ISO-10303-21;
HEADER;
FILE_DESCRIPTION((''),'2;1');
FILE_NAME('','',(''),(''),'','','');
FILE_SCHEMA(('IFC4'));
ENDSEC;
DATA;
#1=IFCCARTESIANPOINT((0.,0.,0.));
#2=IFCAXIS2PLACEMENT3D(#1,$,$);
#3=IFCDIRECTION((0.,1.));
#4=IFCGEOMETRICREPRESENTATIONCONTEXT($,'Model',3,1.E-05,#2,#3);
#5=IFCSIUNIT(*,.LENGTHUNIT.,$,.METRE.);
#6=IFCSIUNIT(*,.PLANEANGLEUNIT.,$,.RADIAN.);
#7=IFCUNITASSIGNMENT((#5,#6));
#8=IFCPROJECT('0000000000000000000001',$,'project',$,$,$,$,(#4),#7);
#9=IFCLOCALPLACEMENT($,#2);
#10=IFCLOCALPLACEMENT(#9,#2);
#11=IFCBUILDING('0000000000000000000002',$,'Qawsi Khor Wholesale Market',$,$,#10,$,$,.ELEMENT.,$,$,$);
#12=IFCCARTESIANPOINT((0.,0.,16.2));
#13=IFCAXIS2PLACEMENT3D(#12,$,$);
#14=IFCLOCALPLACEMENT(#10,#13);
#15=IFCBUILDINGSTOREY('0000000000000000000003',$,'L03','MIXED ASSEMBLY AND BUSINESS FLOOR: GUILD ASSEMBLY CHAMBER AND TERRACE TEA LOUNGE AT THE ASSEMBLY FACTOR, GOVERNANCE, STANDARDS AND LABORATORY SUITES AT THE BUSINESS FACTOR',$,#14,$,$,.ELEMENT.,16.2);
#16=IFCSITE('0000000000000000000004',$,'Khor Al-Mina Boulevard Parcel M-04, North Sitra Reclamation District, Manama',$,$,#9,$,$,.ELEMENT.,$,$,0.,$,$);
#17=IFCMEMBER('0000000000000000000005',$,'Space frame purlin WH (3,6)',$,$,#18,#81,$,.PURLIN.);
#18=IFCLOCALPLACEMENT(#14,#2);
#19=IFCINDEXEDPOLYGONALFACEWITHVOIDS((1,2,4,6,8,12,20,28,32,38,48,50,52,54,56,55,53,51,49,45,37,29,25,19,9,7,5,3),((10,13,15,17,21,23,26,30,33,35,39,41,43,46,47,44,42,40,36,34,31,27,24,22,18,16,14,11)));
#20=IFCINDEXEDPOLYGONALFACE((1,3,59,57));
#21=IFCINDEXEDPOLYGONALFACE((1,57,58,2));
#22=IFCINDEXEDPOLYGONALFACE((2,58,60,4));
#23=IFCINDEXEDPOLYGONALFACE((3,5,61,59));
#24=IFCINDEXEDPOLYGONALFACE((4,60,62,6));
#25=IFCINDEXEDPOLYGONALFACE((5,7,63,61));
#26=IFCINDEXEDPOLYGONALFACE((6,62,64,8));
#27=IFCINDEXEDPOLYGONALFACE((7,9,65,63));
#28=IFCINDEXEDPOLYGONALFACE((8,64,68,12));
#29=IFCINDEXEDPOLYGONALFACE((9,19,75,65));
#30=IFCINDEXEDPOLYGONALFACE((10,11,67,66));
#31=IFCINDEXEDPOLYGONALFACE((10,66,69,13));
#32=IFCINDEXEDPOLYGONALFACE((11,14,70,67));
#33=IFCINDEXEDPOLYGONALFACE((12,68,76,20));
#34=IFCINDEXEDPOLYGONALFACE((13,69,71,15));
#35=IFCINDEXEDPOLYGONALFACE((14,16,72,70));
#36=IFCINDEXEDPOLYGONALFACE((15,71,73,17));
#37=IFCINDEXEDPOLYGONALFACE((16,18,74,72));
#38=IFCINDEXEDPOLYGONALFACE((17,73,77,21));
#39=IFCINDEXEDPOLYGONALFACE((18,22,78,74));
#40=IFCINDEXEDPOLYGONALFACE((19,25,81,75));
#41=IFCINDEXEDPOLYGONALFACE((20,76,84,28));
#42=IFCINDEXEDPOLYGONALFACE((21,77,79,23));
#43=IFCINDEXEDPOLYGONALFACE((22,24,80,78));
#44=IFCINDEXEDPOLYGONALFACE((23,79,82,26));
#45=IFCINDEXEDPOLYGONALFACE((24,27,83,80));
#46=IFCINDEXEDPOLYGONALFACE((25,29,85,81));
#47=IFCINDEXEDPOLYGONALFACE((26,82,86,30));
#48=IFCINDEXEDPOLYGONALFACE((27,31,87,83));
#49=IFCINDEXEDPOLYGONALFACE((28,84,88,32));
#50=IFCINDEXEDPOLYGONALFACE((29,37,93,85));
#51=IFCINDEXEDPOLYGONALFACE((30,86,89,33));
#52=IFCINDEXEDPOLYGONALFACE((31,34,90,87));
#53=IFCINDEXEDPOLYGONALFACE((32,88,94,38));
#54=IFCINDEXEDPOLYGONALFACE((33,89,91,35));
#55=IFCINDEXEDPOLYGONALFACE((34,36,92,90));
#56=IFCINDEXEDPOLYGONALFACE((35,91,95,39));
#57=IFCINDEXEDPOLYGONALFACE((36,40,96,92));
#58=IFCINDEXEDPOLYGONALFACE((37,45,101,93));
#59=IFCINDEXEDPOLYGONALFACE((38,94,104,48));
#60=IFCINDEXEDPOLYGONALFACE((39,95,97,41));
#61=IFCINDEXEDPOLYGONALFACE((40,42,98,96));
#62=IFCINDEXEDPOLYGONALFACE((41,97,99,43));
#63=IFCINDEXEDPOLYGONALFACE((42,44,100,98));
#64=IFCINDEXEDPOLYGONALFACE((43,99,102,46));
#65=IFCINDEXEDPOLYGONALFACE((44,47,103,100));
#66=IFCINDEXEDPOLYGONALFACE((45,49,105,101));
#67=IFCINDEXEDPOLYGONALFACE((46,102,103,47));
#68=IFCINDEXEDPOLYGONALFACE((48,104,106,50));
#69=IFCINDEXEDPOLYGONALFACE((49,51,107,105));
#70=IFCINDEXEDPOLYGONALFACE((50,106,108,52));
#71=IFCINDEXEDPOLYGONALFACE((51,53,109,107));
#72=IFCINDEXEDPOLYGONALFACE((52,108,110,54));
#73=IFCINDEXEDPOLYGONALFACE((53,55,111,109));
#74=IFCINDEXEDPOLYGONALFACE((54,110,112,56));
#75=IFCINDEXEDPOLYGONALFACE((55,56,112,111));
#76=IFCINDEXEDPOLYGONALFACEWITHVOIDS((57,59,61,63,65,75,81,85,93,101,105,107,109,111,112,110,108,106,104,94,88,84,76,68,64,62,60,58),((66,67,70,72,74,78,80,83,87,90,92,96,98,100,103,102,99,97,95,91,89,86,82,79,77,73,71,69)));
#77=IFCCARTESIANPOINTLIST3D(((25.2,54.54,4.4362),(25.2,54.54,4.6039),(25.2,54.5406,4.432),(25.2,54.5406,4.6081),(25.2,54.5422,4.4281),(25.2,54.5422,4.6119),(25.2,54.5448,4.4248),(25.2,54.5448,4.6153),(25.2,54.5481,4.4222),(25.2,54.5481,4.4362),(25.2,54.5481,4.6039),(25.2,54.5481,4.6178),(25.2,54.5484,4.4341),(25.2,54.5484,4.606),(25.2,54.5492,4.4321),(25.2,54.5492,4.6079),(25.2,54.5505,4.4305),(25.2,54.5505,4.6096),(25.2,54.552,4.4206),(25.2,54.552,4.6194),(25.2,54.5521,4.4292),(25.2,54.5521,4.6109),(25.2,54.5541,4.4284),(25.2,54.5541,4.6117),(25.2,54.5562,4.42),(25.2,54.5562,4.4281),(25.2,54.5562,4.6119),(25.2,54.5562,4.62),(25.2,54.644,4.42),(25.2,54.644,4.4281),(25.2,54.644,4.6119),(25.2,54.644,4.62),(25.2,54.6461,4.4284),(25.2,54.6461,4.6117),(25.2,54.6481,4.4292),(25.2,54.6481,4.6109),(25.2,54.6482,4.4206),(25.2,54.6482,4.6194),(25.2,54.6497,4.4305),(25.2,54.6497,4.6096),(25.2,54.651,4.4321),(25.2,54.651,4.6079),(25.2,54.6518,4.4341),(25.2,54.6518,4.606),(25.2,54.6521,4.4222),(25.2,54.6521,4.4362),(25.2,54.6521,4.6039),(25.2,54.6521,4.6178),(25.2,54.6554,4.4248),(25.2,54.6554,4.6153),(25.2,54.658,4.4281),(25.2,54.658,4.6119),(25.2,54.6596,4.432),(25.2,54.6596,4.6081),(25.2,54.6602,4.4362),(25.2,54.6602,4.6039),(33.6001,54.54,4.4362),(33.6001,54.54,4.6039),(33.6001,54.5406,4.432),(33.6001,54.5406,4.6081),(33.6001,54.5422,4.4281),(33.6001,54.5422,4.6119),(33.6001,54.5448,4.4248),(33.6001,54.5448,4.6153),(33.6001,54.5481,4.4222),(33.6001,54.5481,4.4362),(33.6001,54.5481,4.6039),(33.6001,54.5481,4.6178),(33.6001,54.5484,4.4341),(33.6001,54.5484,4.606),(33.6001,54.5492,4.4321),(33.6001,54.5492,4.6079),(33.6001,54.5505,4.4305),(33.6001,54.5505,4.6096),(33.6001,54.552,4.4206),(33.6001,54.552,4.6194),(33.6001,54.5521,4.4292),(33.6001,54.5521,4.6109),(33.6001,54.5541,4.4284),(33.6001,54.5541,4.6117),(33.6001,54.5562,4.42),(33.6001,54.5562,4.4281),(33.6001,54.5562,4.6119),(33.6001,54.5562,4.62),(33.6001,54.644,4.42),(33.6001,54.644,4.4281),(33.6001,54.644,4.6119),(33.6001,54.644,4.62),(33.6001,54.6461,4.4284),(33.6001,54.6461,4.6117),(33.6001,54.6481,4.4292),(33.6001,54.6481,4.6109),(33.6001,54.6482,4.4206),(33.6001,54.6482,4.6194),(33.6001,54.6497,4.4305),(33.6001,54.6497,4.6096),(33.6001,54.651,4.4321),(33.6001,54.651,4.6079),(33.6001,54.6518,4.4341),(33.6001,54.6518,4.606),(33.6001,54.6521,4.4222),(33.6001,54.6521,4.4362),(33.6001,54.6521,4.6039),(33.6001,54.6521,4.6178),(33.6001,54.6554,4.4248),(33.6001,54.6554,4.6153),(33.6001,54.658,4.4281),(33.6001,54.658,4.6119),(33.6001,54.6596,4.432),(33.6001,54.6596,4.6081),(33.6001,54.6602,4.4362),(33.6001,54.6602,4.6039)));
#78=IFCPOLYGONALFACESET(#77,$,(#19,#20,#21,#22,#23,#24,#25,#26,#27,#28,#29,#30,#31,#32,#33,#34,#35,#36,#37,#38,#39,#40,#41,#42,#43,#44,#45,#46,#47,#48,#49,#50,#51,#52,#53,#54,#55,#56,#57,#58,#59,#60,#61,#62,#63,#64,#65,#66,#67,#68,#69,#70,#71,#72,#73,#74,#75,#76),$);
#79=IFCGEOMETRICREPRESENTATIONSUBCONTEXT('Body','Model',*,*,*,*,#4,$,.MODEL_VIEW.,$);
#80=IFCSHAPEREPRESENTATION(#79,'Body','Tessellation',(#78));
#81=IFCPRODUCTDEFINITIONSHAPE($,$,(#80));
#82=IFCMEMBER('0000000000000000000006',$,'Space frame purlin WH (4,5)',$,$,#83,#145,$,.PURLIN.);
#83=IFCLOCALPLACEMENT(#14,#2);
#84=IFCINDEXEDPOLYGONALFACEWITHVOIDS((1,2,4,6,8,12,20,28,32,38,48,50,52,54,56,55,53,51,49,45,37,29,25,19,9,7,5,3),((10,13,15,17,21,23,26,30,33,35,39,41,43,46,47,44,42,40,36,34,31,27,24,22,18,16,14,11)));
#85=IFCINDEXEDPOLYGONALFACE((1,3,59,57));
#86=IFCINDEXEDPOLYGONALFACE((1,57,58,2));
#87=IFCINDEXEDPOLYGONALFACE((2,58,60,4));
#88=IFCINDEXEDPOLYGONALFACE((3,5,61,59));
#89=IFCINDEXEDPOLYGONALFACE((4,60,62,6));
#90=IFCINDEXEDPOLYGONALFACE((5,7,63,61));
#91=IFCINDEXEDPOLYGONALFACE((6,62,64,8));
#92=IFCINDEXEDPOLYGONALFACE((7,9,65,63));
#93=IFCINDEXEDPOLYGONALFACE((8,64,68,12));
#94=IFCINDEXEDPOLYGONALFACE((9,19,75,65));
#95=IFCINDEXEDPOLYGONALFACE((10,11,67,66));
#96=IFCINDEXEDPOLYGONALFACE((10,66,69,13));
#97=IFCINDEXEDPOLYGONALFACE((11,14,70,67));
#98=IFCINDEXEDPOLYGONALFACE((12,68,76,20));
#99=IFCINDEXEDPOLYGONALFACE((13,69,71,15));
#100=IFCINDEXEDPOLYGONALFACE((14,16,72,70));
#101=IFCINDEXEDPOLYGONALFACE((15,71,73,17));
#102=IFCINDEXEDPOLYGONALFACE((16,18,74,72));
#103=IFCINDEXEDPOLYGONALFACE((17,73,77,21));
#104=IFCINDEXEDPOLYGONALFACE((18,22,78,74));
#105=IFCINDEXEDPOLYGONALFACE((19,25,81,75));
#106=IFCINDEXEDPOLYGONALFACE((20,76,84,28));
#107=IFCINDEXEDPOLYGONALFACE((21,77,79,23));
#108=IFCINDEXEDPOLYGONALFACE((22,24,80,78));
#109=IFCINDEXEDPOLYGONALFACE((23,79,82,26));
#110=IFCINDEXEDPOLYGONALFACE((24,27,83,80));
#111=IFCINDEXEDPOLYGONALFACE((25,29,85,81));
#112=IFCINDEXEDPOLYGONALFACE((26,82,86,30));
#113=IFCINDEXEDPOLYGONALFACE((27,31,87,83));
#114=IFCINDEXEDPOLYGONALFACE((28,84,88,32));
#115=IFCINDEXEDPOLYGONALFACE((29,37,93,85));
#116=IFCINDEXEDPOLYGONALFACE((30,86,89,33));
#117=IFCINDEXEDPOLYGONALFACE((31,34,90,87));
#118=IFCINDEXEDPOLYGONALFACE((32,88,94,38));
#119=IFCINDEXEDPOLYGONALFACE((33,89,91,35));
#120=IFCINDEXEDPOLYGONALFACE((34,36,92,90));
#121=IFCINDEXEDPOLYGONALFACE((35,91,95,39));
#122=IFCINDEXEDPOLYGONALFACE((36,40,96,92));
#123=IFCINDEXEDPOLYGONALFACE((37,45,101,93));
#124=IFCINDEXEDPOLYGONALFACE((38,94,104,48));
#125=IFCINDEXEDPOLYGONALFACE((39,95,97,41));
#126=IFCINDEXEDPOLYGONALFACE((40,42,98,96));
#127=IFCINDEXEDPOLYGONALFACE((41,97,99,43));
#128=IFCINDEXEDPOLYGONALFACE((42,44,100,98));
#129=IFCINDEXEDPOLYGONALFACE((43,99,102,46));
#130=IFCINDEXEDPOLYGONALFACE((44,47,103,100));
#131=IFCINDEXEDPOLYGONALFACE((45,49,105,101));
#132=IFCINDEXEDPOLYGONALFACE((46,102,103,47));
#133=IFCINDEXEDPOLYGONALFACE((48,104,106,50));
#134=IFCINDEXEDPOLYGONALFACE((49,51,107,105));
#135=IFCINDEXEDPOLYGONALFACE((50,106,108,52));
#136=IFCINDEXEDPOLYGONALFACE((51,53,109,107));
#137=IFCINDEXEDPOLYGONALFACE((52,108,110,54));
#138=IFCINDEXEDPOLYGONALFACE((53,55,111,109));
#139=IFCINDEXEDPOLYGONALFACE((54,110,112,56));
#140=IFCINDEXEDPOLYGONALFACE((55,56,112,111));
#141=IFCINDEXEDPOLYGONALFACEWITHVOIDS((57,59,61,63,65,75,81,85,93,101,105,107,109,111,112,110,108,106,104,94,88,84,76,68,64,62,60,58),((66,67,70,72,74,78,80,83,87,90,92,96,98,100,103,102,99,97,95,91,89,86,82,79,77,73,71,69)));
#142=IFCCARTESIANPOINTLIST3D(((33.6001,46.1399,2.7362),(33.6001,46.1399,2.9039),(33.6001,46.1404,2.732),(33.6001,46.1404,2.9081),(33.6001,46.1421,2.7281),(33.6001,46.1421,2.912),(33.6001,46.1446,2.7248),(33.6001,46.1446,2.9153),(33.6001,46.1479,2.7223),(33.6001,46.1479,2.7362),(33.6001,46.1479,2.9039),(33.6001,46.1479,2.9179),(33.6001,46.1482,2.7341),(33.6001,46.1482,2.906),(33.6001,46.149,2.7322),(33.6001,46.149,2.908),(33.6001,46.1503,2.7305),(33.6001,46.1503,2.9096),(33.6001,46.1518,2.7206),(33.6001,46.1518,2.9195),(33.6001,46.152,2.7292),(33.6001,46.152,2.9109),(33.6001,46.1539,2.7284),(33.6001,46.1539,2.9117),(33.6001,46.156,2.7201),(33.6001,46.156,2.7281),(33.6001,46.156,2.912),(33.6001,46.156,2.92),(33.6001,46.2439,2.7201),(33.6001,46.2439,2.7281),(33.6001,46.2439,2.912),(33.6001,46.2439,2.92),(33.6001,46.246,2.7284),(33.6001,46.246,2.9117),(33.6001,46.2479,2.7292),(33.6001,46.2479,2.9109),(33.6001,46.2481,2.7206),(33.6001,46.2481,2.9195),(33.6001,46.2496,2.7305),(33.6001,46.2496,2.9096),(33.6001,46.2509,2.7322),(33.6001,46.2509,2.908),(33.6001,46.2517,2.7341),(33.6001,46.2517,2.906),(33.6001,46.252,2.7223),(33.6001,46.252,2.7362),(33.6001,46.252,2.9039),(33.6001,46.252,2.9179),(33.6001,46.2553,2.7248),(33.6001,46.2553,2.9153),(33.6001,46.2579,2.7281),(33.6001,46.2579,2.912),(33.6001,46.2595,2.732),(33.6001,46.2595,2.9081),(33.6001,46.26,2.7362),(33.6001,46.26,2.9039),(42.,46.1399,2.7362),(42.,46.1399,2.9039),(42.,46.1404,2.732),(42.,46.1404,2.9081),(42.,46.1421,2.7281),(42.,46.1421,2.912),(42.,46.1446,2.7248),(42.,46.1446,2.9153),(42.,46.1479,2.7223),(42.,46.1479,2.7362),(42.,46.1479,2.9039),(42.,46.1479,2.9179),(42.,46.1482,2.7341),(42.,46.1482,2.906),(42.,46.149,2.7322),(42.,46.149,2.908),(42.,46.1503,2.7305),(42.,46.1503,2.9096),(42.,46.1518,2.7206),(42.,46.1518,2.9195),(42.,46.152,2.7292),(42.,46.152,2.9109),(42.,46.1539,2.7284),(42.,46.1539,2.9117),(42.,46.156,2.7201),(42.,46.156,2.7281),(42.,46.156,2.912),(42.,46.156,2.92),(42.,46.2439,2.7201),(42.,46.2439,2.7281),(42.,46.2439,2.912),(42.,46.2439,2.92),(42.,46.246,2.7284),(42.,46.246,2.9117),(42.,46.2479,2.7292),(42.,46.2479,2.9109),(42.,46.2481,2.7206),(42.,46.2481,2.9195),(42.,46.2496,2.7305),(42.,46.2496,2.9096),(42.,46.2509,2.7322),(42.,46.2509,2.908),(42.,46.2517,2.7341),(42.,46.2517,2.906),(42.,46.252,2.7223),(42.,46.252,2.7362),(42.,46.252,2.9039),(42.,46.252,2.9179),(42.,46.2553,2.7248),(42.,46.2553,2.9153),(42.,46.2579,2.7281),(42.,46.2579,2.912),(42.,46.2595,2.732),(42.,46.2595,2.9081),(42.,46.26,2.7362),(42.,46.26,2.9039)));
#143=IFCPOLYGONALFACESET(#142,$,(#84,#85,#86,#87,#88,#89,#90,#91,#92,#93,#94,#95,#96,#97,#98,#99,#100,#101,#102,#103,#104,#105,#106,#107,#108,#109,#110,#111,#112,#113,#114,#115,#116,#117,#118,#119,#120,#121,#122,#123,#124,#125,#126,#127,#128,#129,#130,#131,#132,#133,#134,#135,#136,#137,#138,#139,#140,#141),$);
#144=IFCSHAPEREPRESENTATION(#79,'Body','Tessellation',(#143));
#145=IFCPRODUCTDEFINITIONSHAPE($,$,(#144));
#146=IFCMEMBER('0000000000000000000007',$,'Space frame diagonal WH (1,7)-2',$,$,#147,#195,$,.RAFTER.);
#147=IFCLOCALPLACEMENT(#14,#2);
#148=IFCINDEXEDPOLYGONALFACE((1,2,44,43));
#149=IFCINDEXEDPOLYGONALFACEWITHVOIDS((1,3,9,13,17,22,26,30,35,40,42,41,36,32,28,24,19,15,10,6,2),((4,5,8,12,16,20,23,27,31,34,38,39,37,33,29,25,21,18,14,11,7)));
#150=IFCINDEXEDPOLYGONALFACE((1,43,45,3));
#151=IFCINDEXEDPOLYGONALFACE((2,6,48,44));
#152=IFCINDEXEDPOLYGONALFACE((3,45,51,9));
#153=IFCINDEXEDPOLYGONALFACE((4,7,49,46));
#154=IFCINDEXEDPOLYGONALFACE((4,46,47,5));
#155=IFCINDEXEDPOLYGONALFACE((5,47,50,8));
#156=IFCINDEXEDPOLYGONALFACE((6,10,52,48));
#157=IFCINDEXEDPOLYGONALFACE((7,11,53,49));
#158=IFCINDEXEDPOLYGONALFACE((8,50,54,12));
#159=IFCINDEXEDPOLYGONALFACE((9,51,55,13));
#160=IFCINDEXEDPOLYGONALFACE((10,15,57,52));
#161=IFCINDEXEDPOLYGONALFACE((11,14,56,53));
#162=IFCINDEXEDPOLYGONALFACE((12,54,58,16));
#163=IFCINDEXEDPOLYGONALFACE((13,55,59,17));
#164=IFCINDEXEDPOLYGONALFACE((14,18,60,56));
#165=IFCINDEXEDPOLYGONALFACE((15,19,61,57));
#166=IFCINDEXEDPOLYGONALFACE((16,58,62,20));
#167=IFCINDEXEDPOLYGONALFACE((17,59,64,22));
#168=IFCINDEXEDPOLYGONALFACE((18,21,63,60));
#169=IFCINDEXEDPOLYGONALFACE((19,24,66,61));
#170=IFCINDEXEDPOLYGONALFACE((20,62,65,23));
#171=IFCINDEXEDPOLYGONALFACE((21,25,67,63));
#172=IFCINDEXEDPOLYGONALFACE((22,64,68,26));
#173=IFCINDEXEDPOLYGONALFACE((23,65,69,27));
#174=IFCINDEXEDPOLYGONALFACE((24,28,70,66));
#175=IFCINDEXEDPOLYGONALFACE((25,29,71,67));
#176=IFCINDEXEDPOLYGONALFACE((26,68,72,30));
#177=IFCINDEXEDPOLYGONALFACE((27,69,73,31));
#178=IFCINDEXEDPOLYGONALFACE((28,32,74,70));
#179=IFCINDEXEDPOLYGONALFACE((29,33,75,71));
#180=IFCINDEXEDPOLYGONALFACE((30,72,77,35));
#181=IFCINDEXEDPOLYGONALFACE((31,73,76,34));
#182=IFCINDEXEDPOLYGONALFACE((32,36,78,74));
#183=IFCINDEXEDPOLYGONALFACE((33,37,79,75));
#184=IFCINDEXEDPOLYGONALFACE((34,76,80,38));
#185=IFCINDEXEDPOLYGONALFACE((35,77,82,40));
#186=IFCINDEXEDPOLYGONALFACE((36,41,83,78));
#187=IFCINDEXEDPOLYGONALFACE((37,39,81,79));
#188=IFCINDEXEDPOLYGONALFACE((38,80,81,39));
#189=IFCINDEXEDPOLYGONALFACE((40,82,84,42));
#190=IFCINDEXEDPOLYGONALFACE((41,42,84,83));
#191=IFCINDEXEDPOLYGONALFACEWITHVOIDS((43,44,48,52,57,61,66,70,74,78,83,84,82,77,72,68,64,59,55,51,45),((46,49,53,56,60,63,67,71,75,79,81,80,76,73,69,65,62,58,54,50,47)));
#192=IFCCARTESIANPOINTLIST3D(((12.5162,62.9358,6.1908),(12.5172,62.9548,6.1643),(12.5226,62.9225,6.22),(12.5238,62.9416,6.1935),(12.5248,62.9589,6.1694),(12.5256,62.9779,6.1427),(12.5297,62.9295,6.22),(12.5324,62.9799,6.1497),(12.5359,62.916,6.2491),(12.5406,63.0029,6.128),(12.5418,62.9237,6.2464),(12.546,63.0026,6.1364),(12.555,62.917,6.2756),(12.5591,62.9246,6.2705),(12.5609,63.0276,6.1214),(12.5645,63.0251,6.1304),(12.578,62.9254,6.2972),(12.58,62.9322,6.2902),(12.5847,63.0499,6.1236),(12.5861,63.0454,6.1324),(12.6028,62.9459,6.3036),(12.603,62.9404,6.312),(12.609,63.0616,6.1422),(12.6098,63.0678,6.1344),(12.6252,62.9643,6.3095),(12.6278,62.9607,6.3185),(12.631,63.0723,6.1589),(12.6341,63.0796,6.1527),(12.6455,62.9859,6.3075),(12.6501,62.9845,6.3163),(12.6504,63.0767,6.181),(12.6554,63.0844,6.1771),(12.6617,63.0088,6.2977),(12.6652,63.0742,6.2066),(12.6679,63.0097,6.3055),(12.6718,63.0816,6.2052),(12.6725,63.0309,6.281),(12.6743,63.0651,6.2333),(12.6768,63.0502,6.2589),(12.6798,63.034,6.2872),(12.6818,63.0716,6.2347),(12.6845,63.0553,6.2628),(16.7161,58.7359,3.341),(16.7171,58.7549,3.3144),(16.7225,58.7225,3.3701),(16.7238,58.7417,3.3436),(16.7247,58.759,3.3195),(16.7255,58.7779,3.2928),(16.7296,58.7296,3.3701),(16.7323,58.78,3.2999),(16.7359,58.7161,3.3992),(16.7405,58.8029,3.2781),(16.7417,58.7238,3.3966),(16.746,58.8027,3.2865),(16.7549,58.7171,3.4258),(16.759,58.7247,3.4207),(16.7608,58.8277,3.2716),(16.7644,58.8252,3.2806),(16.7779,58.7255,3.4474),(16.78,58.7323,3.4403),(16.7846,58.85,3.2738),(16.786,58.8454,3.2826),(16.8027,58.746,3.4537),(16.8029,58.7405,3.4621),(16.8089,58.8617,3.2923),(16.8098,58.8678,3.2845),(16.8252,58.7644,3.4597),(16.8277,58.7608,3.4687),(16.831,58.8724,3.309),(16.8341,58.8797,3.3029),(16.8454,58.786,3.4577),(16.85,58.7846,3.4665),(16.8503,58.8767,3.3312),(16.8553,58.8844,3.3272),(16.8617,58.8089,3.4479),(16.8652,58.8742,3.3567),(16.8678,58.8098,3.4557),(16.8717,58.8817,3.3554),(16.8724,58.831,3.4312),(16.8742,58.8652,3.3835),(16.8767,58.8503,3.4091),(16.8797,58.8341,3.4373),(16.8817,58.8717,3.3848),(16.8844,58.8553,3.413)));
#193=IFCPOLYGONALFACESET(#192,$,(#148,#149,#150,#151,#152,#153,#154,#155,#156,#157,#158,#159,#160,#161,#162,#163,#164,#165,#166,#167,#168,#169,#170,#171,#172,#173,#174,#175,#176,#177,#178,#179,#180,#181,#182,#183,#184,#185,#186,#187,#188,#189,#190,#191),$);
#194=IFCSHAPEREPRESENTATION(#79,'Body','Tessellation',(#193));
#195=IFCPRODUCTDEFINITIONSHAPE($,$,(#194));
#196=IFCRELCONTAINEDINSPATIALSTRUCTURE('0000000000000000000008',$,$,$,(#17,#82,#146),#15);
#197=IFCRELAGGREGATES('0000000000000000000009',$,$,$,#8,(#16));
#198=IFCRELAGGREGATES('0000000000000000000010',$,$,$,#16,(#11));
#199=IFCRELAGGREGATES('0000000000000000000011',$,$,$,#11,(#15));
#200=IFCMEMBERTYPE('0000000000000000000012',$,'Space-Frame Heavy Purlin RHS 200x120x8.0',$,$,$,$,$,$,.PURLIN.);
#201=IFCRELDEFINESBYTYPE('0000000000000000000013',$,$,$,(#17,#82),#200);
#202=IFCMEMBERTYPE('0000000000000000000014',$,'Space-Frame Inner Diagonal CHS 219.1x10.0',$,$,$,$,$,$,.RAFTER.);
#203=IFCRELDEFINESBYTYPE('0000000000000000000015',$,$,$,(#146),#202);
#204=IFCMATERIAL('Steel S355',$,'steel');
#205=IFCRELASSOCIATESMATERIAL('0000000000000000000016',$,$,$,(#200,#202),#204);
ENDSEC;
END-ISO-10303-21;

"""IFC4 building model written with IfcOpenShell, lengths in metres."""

from ifc_helpers import new_model, si_unit, direction, frame, origin, origin_2d, place, context, subcontext, project, spatial, hollow_rectangle, hollow_circle, extrude, material, material_profile, profile_set, type_object, element, save


model = new_model("IFC4")

# Units and contexts
model_context = context("Model", 3, precision=1e-05, world=origin(), true_north=direction((0.0, 1.0)))
body_context = subcontext(model_context, "Body", "Model", "MODEL_VIEW")
ifc_project = project(units=[si_unit("LENGTHUNIT", "METRE"), si_unit("PLANEANGLEUNIT", "RADIAN")], contexts=[model_context])

# Site, building, storey
site_placement = place(None, origin())
site = spatial("IfcSite", under=ifc_project, at=site_placement, Name="Khor Al-Mina Boulevard Parcel M-04, North Sitra Reclamation District, Manama", CompositionType="ELEMENT", RefElevation=0.0)
building_placement = place(site_placement, origin())
building = spatial("IfcBuilding", under=site, at=building_placement, Name="Qawsi Khor Wholesale Market", CompositionType="ELEMENT")
storey_placement = place(building_placement, frame((0.0, 0.0, 16.2)))
storey = spatial("IfcBuildingStorey", under=building, at=storey_placement, Name="L03", Description="MIXED ASSEMBLY AND BUSINESS FLOOR: GUILD ASSEMBLY CHAMBER AND TERRACE TEA LOUNGE AT THE ASSEMBLY FACTOR, GOVERNANCE, STANDARDS AND LABORATORY SUITES AT THE BUSINESS FACTOR", CompositionType="ELEMENT", Elevation=16.2)

# Members
ifc_material_1 = material(Name="Steel S355", Category="steel")
ifc_material_profile_1 = material_profile(ifc_material_1, hollow_rectangle(XDim=0.1201, YDim=0.2, WallThickness=0.0081, InnerFilletRadius=0.0081, OuterFilletRadius=0.0161, at=origin_2d()), Name="RHS 200x120x8.0")
ifc_profile_set_1 = profile_set([ifc_material_profile_1], Name="Steel S355")
member_type_1 = type_object("IfcMemberType", Name="Space-Frame Heavy Purlin RHS 200x120x8.0", PredefinedType="PURLIN", material=ifc_profile_set_1)
for number, where, z_axis, x_axis, name in (
    (1, (25.2, 54.6001, 4.52), (1.0, 0.0, 0.0), (0.0, 1.0, 0.0), "Space frame purlin WH (3,6)"),
):
    element("IfcMember", number, at=place(storey_placement, frame(where, z_axis=z_axis, x_axis=x_axis)), inside=storey, type_object=member_type_1, Name=name, PredefinedType="PURLIN", context=body_context, shape_type="SweptSolid", body=[
        extrude(hollow_rectangle(XDim=0.1201, YDim=0.2, WallThickness=0.0081, InnerFilletRadius=0.0081, OuterFilletRadius=0.0161, at=origin_2d()), origin(), (0.0, 0.0, 1.0), 8.4001),
    ])
member_1_placement = place(storey_placement, frame((33.6001, 46.2, 2.8201), z_axis=(1.0, 0.0, 0.0), x_axis=(0.0, 1.0, 0.0)))
element("IfcMember", 2, at=member_1_placement, inside=storey, type_object=member_type_1, Name="Space frame purlin WH (4,5)", PredefinedType="PURLIN", context=body_context, shape_type="SweptSolid", body=[
    extrude(hollow_rectangle(XDim=0.1201, YDim=0.2, WallThickness=0.0081, InnerFilletRadius=0.0081, OuterFilletRadius=0.0161, at=origin_2d()), origin(), (0.0, 0.0, 1.0), 8.3999),
])
ifc_material_profile_2 = material_profile(ifc_material_1, hollow_circle(Radius=0.1096, WallThickness=0.01, at=origin_2d()), Name="CHS 219.1x10.0")
ifc_profile_set_2 = profile_set([ifc_material_profile_2], Name="Steel S355")
member_type_2 = type_object("IfcMemberType", Name="Space-Frame Inner Diagonal CHS 219.1x10.0", PredefinedType="RAFTER", material=ifc_profile_set_2)
member_2_placement = place(storey_placement, frame((16.8, 58.8, 3.3701), z_axis=(-0.637522, 0.637522, 0.432587), x_axis=(-0.707107, -0.707107, 0.0)))
element("IfcMember", 3, at=member_2_placement, inside=storey, type_object=member_type_2, Name="Space frame diagonal WH (1,7)-2", PredefinedType="RAFTER", context=body_context, shape_type="SweptSolid", body=[
    extrude(hollow_circle(Radius=0.1096, WallThickness=0.01, at=origin_2d()), origin(), (0.0, 0.0, 1.0), 6.5879),
])

save(model, "model.ifc")
